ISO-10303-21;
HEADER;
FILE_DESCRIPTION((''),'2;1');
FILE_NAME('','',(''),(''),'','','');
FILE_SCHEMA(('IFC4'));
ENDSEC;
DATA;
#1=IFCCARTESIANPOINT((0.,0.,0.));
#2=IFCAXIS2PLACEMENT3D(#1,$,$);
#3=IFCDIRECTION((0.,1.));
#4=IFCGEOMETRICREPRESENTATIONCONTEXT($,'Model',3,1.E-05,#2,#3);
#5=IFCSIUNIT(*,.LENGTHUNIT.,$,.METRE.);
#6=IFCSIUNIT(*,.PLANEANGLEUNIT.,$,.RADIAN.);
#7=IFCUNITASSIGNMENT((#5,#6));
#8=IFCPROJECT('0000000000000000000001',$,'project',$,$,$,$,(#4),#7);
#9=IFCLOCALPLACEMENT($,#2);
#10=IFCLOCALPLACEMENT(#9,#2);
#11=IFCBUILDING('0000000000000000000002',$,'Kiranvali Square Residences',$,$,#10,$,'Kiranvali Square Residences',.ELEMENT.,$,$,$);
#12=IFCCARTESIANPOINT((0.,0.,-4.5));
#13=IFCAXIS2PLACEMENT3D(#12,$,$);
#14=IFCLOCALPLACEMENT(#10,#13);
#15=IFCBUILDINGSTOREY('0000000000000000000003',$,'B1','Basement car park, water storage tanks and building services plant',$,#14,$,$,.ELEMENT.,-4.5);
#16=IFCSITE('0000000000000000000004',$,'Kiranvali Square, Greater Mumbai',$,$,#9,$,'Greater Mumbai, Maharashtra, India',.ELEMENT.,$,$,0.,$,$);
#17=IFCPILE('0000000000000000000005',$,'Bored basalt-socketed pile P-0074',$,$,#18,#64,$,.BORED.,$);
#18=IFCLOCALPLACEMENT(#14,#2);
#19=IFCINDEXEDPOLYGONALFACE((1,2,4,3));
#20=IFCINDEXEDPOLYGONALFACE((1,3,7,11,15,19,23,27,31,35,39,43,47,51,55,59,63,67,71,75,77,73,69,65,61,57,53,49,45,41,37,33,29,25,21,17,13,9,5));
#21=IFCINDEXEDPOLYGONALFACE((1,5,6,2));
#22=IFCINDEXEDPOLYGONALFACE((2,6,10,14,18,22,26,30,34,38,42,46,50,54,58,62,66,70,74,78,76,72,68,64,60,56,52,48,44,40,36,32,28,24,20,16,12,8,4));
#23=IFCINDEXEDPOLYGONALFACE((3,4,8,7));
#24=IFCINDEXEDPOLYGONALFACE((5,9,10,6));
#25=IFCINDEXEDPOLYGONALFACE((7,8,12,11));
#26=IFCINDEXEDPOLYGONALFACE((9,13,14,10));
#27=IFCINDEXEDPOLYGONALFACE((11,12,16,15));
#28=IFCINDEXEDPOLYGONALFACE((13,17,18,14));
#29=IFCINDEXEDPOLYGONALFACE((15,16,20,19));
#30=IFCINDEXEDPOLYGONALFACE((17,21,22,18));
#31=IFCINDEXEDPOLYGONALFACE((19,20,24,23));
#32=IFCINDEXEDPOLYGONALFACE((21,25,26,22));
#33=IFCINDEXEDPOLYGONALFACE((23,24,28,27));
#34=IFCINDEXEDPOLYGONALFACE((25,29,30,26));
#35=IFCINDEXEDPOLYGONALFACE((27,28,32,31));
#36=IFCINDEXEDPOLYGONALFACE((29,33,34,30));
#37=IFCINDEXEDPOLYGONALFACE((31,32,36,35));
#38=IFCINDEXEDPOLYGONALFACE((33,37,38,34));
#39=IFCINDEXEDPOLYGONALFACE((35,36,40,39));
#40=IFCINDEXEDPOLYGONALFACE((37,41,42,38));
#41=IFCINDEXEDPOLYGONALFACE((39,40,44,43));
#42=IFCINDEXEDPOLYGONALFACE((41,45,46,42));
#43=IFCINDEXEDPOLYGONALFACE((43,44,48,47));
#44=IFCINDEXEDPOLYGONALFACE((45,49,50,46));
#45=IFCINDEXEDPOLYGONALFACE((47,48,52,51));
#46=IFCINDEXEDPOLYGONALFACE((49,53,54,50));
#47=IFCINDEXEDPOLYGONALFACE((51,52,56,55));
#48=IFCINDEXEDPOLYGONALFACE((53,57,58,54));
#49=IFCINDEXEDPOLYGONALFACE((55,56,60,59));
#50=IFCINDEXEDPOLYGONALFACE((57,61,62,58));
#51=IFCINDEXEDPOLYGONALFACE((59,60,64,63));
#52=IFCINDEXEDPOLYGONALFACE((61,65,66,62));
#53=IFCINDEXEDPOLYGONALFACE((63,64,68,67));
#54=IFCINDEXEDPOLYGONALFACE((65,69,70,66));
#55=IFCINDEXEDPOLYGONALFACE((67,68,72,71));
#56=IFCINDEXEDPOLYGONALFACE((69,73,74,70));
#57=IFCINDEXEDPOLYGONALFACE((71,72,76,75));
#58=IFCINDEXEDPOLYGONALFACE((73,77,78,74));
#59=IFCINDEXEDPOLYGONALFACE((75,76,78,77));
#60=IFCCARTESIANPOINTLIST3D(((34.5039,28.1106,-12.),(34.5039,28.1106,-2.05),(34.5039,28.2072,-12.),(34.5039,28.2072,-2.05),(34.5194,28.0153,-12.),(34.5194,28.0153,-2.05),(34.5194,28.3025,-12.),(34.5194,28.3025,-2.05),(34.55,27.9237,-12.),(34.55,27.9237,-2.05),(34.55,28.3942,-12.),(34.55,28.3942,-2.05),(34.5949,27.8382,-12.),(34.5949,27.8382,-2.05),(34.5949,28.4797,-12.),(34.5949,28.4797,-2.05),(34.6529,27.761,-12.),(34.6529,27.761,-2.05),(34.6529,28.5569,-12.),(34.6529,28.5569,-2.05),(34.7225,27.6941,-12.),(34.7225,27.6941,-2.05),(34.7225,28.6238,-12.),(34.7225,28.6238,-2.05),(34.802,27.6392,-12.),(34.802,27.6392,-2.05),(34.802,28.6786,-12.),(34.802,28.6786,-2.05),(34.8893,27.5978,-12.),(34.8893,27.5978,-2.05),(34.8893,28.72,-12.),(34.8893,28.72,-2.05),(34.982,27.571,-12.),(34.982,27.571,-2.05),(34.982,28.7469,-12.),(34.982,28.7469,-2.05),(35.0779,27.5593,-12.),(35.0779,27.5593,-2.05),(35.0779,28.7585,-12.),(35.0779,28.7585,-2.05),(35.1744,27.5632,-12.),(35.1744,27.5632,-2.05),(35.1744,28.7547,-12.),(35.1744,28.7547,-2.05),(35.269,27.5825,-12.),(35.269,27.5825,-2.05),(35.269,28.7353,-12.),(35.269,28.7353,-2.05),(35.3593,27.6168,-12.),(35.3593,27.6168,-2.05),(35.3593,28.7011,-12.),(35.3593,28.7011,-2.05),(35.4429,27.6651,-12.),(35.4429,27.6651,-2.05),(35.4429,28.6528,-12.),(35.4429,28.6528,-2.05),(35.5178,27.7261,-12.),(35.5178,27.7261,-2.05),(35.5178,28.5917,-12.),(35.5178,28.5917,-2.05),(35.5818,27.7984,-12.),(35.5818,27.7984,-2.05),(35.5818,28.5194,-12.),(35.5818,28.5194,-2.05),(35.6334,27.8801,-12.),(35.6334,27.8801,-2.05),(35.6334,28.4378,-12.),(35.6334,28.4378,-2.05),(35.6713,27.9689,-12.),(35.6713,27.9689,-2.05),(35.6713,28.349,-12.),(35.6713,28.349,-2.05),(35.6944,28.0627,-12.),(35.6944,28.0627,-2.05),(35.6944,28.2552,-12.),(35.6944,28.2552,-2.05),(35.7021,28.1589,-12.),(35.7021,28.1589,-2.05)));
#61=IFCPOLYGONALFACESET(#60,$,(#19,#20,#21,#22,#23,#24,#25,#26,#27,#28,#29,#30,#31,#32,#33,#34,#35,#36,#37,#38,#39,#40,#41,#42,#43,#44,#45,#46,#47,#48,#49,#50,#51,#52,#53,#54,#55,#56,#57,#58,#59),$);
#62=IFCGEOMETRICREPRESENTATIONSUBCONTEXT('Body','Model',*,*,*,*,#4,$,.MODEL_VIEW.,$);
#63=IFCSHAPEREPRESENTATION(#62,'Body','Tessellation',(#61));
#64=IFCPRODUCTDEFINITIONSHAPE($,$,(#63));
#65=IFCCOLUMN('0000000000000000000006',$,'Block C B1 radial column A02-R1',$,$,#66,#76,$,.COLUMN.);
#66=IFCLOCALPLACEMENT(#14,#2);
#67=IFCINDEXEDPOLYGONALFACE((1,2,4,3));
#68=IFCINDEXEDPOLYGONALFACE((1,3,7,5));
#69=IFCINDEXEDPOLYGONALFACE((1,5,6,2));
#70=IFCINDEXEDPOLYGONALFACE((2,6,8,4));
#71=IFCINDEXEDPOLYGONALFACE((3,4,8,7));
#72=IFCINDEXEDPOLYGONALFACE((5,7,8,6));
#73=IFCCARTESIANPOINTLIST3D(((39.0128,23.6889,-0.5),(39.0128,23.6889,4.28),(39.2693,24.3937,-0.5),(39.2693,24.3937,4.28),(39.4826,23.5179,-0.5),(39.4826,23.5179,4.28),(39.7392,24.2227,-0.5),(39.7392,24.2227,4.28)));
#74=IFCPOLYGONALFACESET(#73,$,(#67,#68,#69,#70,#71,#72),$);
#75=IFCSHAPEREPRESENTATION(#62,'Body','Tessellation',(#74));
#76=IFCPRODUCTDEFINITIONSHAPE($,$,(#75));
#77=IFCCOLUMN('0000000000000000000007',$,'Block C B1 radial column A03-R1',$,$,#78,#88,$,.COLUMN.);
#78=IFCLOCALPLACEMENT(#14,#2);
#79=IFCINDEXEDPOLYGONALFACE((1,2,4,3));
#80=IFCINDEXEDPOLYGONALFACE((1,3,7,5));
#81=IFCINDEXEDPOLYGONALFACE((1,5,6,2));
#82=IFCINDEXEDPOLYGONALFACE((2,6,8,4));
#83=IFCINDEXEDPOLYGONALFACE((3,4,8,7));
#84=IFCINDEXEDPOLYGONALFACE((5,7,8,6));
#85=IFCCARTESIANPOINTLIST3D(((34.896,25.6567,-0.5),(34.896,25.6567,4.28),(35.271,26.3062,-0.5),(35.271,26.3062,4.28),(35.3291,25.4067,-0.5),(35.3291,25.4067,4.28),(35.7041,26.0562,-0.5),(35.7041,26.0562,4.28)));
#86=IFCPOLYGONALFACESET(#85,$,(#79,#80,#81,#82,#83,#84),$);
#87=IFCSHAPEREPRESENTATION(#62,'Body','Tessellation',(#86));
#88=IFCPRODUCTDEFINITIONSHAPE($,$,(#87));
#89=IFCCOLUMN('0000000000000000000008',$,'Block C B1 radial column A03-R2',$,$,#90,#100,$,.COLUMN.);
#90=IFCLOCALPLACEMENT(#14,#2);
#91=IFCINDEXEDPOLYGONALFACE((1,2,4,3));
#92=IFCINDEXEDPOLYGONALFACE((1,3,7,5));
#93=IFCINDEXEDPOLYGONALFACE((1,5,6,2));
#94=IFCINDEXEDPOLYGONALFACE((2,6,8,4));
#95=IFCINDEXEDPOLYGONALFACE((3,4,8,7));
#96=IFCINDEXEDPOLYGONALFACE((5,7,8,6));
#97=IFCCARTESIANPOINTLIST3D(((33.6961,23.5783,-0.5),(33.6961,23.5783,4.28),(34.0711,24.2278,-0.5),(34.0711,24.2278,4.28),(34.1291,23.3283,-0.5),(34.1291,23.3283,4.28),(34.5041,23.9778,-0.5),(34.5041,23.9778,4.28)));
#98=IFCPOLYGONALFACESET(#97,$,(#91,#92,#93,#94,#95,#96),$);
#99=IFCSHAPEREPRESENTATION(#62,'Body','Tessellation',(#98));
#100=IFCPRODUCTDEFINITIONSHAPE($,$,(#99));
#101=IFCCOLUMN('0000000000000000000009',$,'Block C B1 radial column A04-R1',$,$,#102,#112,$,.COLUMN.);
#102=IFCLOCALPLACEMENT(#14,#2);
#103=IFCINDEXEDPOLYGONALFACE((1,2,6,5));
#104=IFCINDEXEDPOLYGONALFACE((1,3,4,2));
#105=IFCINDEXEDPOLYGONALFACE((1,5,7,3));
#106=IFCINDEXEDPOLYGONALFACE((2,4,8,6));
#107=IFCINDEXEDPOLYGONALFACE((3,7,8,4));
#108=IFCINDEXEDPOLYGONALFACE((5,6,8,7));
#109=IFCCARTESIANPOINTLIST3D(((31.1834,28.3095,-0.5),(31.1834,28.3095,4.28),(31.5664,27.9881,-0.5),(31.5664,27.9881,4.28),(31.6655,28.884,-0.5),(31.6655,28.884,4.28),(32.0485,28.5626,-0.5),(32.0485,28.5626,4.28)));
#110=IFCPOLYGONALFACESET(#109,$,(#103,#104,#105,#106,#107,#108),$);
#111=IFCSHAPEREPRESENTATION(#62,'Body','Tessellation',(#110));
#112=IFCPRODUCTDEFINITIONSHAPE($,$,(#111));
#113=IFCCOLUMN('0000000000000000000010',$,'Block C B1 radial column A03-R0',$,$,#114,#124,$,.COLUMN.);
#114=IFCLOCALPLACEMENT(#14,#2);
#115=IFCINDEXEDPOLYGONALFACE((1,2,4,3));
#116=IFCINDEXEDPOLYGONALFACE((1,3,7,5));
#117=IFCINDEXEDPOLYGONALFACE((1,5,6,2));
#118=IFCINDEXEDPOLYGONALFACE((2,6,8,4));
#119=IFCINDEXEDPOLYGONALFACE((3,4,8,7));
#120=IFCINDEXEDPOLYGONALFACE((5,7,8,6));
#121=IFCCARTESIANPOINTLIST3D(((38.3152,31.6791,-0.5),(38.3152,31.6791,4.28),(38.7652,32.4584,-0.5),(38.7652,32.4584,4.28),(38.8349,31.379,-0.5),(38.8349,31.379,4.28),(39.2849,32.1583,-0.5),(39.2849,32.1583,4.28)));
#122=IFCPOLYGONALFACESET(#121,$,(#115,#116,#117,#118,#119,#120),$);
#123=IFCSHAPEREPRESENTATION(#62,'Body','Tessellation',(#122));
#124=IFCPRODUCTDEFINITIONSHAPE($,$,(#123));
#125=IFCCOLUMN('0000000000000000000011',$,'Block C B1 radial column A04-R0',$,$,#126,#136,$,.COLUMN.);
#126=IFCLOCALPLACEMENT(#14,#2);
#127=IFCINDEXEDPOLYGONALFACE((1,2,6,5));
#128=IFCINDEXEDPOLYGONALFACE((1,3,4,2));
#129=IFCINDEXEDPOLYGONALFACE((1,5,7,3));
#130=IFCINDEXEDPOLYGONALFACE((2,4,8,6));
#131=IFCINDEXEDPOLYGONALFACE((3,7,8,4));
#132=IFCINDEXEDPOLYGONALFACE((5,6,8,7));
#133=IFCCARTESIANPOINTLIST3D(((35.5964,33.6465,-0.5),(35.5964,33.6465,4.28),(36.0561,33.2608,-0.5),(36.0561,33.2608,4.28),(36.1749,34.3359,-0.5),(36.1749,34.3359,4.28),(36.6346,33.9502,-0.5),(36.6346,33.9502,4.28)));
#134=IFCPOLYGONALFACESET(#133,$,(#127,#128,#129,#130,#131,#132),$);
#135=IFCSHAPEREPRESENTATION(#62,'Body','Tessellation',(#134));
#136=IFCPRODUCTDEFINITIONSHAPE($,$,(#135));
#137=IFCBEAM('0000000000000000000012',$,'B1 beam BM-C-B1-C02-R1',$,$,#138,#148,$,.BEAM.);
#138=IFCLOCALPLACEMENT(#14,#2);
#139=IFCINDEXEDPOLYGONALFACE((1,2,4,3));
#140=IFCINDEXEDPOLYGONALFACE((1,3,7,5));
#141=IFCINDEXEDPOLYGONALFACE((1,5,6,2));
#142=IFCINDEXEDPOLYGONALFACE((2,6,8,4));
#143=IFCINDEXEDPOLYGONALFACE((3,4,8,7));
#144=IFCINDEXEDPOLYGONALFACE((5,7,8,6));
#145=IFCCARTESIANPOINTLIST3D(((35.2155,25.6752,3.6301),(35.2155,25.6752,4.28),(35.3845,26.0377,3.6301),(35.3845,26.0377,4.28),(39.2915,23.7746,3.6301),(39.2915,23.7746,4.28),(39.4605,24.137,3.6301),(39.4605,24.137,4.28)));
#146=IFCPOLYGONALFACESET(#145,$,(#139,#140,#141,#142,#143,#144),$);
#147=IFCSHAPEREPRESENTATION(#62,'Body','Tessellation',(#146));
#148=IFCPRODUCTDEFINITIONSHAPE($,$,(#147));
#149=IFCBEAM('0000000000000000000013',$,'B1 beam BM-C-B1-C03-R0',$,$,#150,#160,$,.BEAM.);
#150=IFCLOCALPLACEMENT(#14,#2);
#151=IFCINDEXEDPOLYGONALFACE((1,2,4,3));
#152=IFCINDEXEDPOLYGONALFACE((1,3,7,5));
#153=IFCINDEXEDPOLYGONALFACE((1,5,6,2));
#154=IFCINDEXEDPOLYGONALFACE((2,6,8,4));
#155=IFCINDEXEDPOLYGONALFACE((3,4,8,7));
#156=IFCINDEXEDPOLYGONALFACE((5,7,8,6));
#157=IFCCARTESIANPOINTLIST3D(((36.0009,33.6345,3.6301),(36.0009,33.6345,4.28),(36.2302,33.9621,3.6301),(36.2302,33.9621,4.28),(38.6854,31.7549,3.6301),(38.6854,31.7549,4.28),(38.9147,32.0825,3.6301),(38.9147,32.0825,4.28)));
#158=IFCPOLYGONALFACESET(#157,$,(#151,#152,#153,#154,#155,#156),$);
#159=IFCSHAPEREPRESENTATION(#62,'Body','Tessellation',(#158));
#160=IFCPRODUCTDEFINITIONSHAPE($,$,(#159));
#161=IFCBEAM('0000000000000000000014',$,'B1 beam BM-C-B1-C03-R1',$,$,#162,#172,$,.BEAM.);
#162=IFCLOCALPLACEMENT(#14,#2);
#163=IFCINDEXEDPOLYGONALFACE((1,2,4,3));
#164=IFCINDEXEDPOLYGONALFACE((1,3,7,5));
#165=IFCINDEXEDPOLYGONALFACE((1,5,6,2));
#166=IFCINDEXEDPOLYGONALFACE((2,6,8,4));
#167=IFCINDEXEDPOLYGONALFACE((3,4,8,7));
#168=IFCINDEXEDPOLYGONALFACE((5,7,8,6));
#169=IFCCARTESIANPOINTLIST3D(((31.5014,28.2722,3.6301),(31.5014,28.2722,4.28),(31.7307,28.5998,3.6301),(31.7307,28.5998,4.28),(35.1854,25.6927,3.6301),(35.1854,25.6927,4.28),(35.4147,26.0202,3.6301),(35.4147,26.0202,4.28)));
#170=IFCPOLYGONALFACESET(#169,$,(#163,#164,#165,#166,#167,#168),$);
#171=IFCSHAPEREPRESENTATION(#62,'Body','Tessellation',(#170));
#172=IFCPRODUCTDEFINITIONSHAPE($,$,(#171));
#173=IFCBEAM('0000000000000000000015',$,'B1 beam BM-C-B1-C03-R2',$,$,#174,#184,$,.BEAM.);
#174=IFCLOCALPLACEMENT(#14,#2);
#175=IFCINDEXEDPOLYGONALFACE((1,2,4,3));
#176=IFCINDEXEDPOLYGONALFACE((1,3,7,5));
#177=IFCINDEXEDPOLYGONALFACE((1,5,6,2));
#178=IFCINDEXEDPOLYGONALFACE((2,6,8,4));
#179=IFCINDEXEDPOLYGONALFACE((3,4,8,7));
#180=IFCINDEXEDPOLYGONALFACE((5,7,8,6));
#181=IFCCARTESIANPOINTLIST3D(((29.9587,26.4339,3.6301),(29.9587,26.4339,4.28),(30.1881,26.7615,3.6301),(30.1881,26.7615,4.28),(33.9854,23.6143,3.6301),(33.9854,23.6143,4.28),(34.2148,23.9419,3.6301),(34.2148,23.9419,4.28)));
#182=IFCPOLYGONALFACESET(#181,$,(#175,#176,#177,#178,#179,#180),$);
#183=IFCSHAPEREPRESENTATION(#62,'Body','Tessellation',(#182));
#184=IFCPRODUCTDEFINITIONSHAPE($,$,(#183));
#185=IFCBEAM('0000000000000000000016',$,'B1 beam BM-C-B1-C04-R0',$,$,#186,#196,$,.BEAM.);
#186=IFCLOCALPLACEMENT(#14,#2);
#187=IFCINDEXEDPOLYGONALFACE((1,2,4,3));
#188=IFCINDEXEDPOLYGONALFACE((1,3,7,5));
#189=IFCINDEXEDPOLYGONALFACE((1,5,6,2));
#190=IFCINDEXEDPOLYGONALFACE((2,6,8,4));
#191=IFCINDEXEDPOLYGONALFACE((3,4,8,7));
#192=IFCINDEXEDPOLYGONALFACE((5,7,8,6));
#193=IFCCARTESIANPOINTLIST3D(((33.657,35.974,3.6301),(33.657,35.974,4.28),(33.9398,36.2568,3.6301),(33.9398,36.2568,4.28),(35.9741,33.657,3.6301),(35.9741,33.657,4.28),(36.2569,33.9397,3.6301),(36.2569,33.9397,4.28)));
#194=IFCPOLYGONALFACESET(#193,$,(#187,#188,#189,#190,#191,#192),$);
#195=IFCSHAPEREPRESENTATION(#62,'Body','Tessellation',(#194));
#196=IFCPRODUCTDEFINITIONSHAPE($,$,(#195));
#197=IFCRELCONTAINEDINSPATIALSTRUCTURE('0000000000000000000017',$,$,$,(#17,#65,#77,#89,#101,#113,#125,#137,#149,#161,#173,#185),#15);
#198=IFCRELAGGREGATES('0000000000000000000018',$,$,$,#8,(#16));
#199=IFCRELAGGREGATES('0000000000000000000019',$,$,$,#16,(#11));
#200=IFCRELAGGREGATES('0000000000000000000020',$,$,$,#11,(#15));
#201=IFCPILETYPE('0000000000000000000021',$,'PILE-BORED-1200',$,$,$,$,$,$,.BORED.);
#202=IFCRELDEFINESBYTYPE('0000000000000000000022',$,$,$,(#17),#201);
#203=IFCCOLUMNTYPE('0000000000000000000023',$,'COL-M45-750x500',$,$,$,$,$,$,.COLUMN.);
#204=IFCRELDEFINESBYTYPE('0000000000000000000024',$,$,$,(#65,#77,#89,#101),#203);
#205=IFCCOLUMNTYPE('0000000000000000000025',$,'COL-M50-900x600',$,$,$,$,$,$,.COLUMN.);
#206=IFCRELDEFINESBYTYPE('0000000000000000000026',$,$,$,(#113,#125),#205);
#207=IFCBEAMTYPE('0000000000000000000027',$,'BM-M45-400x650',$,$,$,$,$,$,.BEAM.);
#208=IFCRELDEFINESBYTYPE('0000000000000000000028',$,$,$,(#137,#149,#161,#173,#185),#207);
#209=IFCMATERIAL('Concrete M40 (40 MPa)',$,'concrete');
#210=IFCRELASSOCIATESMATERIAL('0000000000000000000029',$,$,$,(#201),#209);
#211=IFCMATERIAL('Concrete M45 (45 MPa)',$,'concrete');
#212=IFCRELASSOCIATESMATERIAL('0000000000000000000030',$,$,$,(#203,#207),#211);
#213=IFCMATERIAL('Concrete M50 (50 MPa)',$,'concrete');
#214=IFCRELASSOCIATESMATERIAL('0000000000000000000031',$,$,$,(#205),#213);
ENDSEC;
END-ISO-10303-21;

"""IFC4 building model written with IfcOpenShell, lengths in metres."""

from ifc_helpers import new_model, si_unit, direction, frame, origin, origin_2d, place, context, subcontext, project, spatial, rectangle, circle, extrude, material, material_profile, profile_set, type_object, element, save


model = new_model("IFC4")

# Units and contexts
model_context = context("Model", 3, precision=1e-05, world=origin(), true_north=direction((0.0, 1.0)))
body_context = subcontext(model_context, "Body", "Model", "MODEL_VIEW")
ifc_project = project(units=[si_unit("LENGTHUNIT", "METRE"), si_unit("PLANEANGLEUNIT", "RADIAN")], contexts=[model_context])

# Site, building, storey
site_placement = place(None, origin())
site = spatial("IfcSite", under=ifc_project, at=site_placement, Name="Kiranvali Square, Greater Mumbai", LongName="Greater Mumbai, Maharashtra, India", CompositionType="ELEMENT", RefElevation=0.0)
building_placement = place(site_placement, origin())
building = spatial("IfcBuilding", under=site, at=building_placement, Name="Kiranvali Square Residences", LongName="Kiranvali Square Residences", CompositionType="ELEMENT")
storey_placement = place(building_placement, frame((0.0, 0.0, -4.5)))
storey = spatial("IfcBuildingStorey", under=building, at=storey_placement, Name="B1", Description="Basement car park, water storage tanks and building services plant", CompositionType="ELEMENT", Elevation=-4.5)

# Shared definitions
ifc_material_1 = material(Name="Concrete M40 (40 MPa)", Category="concrete")

# Pile
ifc_material_profile_1 = material_profile(ifc_material_1, circle(Radius=0.6001, at=origin_2d()), Name="BORED PILE 1200")
ifc_profile_set_1 = profile_set([ifc_material_profile_1], Name="Concrete M40 (40 MPa)")
pile_type = type_object("IfcPileType", Name="PILE-BORED-1200", PredefinedType="BORED", material=ifc_profile_set_1)
for number, where, z_axis, x_axis, name in (
    (1, (35.1021, 28.1589, -2.05), (0.0, 0.0, -1.0), (1.0, 0.0, 0.0), "Bored basalt-socketed pile P-0074"),
):
    element("IfcPile", number, at=place(storey_placement, frame(where, z_axis=z_axis, x_axis=x_axis)), inside=storey, type_object=pile_type, Name=name, PredefinedType="BORED", context=body_context, shape_type="SweptSolid", body=[
        extrude(circle(Radius=0.6001, at=origin_2d()), origin(), (0.0, 0.0, 1.0), 9.95),
    ])

# Columns
ifc_material_2 = material(Name="Concrete M45 (45 MPa)", Category="concrete")
ifc_material_profile_2 = material_profile(ifc_material_2, rectangle(XDim=0.5, YDim=0.75, at=origin_2d()), Name="RC 750x500")
ifc_profile_set_2 = profile_set([ifc_material_profile_2], Name="Concrete M45 (45 MPa)")
column_type_1 = type_object("IfcColumnType", Name="COL-M45-750x500", PredefinedType="COLUMN", material=ifc_profile_set_2)
for number, where, z_axis, x_axis, name in (
    (2, (39.376, 23.9558, -0.5), (0.0, 0.0, 1.0), (-0.939693, 0.34202, 0.0), "Block C B1 radial column A02-R1"),
    (3, (35.3, 25.8564, -0.5), (0.0, 0.0, 1.0), (-0.866025, 0.5, 0.0), "Block C B1 radial column A03-R1"),
    (4, (34.1001, 23.7781, -0.5), (0.0, 0.0, 1.0), (-0.866025, 0.5, 0.0), "Block C B1 radial column A03-R2"),
    (5, (31.616, 28.436, -0.5), (0.0, 0.0, 1.0), (-0.766044, 0.642788, 0.0), "Block C B1 radial column A04-R1"),
):
    element("IfcColumn", number, at=place(storey_placement, frame(where, z_axis=z_axis, x_axis=x_axis)), inside=storey, type_object=column_type_1, Name=name, PredefinedType="COLUMN", context=body_context, shape_type="SweptSolid", body=[
        extrude(rectangle(XDim=0.5, YDim=0.75, at=origin_2d()), origin(), (0.0, 0.0, 1.0), 4.78),
    ])
ifc_material_3 = material(Name="Concrete M50 (50 MPa)", Category="concrete")
ifc_material_profile_3 = material_profile(ifc_material_3, rectangle(XDim=0.6001, YDim=0.8999, at=origin_2d()), Name="RC 900x600")
ifc_profile_set_3 = profile_set([ifc_material_profile_3], Name="Concrete M50 (50 MPa)")
column_type_2 = type_object("IfcColumnType", Name="COL-M50-900x600", PredefinedType="COLUMN", material=ifc_profile_set_3)
for number, where, z_axis, x_axis, name in (
    (6, (38.8, 31.9187, -0.5), (0.0, 0.0, 1.0), (-0.866025, 0.5, 0.0), "Block C B1 radial column A03-R0"),
    (7, (36.1155, 33.7983, -0.5), (0.0, 0.0, 1.0), (-0.766044, 0.642788, 0.0), "Block C B1 radial column A04-R0"),
):
    element("IfcColumn", number, at=place(storey_placement, frame(where, z_axis=z_axis, x_axis=x_axis)), inside=storey, type_object=column_type_2, Name=name, PredefinedType="COLUMN", context=body_context, shape_type="SweptSolid", body=[
        extrude(rectangle(XDim=0.6001, YDim=0.8999, at=origin_2d()), origin(), (0.0, 0.0, 1.0), 4.78),
    ])

# Beams
ifc_material_profile_4 = material_profile(ifc_material_2, rectangle(XDim=0.3999, YDim=0.6499, at=origin_2d()), Name="RC 400x650")
ifc_profile_set_4 = profile_set([ifc_material_profile_4], Name="Concrete M45 (45 MPa)")
beam_type = type_object("IfcBeamType", Name="BM-M45-400x650", PredefinedType="BEAM", material=ifc_profile_set_4)
beam_1_placement = place(storey_placement, frame((39.376, 23.9558, 3.9551), z_axis=(-0.906308, 0.422618, 0.0), x_axis=(-0.422618, -0.906308, 0.0)))
element("IfcBeam", 8, at=beam_1_placement, inside=storey, type_object=beam_type, Name="B1 beam BM-C-B1-C02-R1", PredefinedType="BEAM", context=body_context, shape_type="SweptSolid", body=[
    extrude(rectangle(XDim=0.3999, YDim=0.6499, at=origin_2d()), origin(), (0.0, 0.0, 1.0), 4.4973),
])
beam_2_placement = place(storey_placement, frame((38.8, 31.9187, 3.9551), z_axis=(-0.819169, 0.573552, 0.0), x_axis=(-0.573552, -0.819169, 0.0)))
element("IfcBeam", 9, at=beam_2_placement, inside=storey, type_object=beam_type, Name="B1 beam BM-C-B1-C03-R0", PredefinedType="BEAM", context=body_context, shape_type="SweptSolid", body=[
    extrude(rectangle(XDim=0.3999, YDim=0.6499, at=origin_2d()), origin(), (0.0, 0.0, 1.0), 3.2771),
])
beam_3_placement = place(storey_placement, frame((35.3, 25.8564, 3.9551), z_axis=(-0.819155, 0.573572, 0.0), x_axis=(-0.573572, -0.819155, 0.0)))
element("IfcBeam", 10, at=beam_3_placement, inside=storey, type_object=beam_type, Name="B1 beam BM-C-B1-C03-R1", PredefinedType="BEAM", context=body_context, shape_type="SweptSolid", body=[
    extrude(rectangle(XDim=0.3999, YDim=0.6499, at=origin_2d()), origin(), (0.0, 0.0, 1.0), 4.4973),
])
beam_4_placement = place(storey_placement, frame((34.1001, 23.7781, 3.9551), z_axis=(-0.819141, 0.573592, 0.0), x_axis=(-0.573592, -0.819141, 0.0)))
element("IfcBeam", 11, at=beam_4_placement, inside=storey, type_object=beam_type, Name="B1 beam BM-C-B1-C03-R2", PredefinedType="BEAM", context=body_context, shape_type="SweptSolid", body=[
    extrude(rectangle(XDim=0.3999, YDim=0.6499, at=origin_2d()), origin(), (0.0, 0.0, 1.0), 4.9158),
])
beam_5_placement = place(storey_placement, frame((36.1155, 33.7983, 3.9551), z_axis=(-0.707107, 0.707107, 0.0), x_axis=(-0.707107, -0.707107, 0.0)))
element("IfcBeam", 12, at=beam_5_placement, inside=storey, type_object=beam_type, Name="B1 beam BM-C-B1-C04-R0", PredefinedType="BEAM", context=body_context, shape_type="SweptSolid", body=[
    extrude(rectangle(XDim=0.3999, YDim=0.6499, at=origin_2d()), origin(), (0.0, 0.0, 1.0), 3.2769),
])

save(model, "model.ifc")
